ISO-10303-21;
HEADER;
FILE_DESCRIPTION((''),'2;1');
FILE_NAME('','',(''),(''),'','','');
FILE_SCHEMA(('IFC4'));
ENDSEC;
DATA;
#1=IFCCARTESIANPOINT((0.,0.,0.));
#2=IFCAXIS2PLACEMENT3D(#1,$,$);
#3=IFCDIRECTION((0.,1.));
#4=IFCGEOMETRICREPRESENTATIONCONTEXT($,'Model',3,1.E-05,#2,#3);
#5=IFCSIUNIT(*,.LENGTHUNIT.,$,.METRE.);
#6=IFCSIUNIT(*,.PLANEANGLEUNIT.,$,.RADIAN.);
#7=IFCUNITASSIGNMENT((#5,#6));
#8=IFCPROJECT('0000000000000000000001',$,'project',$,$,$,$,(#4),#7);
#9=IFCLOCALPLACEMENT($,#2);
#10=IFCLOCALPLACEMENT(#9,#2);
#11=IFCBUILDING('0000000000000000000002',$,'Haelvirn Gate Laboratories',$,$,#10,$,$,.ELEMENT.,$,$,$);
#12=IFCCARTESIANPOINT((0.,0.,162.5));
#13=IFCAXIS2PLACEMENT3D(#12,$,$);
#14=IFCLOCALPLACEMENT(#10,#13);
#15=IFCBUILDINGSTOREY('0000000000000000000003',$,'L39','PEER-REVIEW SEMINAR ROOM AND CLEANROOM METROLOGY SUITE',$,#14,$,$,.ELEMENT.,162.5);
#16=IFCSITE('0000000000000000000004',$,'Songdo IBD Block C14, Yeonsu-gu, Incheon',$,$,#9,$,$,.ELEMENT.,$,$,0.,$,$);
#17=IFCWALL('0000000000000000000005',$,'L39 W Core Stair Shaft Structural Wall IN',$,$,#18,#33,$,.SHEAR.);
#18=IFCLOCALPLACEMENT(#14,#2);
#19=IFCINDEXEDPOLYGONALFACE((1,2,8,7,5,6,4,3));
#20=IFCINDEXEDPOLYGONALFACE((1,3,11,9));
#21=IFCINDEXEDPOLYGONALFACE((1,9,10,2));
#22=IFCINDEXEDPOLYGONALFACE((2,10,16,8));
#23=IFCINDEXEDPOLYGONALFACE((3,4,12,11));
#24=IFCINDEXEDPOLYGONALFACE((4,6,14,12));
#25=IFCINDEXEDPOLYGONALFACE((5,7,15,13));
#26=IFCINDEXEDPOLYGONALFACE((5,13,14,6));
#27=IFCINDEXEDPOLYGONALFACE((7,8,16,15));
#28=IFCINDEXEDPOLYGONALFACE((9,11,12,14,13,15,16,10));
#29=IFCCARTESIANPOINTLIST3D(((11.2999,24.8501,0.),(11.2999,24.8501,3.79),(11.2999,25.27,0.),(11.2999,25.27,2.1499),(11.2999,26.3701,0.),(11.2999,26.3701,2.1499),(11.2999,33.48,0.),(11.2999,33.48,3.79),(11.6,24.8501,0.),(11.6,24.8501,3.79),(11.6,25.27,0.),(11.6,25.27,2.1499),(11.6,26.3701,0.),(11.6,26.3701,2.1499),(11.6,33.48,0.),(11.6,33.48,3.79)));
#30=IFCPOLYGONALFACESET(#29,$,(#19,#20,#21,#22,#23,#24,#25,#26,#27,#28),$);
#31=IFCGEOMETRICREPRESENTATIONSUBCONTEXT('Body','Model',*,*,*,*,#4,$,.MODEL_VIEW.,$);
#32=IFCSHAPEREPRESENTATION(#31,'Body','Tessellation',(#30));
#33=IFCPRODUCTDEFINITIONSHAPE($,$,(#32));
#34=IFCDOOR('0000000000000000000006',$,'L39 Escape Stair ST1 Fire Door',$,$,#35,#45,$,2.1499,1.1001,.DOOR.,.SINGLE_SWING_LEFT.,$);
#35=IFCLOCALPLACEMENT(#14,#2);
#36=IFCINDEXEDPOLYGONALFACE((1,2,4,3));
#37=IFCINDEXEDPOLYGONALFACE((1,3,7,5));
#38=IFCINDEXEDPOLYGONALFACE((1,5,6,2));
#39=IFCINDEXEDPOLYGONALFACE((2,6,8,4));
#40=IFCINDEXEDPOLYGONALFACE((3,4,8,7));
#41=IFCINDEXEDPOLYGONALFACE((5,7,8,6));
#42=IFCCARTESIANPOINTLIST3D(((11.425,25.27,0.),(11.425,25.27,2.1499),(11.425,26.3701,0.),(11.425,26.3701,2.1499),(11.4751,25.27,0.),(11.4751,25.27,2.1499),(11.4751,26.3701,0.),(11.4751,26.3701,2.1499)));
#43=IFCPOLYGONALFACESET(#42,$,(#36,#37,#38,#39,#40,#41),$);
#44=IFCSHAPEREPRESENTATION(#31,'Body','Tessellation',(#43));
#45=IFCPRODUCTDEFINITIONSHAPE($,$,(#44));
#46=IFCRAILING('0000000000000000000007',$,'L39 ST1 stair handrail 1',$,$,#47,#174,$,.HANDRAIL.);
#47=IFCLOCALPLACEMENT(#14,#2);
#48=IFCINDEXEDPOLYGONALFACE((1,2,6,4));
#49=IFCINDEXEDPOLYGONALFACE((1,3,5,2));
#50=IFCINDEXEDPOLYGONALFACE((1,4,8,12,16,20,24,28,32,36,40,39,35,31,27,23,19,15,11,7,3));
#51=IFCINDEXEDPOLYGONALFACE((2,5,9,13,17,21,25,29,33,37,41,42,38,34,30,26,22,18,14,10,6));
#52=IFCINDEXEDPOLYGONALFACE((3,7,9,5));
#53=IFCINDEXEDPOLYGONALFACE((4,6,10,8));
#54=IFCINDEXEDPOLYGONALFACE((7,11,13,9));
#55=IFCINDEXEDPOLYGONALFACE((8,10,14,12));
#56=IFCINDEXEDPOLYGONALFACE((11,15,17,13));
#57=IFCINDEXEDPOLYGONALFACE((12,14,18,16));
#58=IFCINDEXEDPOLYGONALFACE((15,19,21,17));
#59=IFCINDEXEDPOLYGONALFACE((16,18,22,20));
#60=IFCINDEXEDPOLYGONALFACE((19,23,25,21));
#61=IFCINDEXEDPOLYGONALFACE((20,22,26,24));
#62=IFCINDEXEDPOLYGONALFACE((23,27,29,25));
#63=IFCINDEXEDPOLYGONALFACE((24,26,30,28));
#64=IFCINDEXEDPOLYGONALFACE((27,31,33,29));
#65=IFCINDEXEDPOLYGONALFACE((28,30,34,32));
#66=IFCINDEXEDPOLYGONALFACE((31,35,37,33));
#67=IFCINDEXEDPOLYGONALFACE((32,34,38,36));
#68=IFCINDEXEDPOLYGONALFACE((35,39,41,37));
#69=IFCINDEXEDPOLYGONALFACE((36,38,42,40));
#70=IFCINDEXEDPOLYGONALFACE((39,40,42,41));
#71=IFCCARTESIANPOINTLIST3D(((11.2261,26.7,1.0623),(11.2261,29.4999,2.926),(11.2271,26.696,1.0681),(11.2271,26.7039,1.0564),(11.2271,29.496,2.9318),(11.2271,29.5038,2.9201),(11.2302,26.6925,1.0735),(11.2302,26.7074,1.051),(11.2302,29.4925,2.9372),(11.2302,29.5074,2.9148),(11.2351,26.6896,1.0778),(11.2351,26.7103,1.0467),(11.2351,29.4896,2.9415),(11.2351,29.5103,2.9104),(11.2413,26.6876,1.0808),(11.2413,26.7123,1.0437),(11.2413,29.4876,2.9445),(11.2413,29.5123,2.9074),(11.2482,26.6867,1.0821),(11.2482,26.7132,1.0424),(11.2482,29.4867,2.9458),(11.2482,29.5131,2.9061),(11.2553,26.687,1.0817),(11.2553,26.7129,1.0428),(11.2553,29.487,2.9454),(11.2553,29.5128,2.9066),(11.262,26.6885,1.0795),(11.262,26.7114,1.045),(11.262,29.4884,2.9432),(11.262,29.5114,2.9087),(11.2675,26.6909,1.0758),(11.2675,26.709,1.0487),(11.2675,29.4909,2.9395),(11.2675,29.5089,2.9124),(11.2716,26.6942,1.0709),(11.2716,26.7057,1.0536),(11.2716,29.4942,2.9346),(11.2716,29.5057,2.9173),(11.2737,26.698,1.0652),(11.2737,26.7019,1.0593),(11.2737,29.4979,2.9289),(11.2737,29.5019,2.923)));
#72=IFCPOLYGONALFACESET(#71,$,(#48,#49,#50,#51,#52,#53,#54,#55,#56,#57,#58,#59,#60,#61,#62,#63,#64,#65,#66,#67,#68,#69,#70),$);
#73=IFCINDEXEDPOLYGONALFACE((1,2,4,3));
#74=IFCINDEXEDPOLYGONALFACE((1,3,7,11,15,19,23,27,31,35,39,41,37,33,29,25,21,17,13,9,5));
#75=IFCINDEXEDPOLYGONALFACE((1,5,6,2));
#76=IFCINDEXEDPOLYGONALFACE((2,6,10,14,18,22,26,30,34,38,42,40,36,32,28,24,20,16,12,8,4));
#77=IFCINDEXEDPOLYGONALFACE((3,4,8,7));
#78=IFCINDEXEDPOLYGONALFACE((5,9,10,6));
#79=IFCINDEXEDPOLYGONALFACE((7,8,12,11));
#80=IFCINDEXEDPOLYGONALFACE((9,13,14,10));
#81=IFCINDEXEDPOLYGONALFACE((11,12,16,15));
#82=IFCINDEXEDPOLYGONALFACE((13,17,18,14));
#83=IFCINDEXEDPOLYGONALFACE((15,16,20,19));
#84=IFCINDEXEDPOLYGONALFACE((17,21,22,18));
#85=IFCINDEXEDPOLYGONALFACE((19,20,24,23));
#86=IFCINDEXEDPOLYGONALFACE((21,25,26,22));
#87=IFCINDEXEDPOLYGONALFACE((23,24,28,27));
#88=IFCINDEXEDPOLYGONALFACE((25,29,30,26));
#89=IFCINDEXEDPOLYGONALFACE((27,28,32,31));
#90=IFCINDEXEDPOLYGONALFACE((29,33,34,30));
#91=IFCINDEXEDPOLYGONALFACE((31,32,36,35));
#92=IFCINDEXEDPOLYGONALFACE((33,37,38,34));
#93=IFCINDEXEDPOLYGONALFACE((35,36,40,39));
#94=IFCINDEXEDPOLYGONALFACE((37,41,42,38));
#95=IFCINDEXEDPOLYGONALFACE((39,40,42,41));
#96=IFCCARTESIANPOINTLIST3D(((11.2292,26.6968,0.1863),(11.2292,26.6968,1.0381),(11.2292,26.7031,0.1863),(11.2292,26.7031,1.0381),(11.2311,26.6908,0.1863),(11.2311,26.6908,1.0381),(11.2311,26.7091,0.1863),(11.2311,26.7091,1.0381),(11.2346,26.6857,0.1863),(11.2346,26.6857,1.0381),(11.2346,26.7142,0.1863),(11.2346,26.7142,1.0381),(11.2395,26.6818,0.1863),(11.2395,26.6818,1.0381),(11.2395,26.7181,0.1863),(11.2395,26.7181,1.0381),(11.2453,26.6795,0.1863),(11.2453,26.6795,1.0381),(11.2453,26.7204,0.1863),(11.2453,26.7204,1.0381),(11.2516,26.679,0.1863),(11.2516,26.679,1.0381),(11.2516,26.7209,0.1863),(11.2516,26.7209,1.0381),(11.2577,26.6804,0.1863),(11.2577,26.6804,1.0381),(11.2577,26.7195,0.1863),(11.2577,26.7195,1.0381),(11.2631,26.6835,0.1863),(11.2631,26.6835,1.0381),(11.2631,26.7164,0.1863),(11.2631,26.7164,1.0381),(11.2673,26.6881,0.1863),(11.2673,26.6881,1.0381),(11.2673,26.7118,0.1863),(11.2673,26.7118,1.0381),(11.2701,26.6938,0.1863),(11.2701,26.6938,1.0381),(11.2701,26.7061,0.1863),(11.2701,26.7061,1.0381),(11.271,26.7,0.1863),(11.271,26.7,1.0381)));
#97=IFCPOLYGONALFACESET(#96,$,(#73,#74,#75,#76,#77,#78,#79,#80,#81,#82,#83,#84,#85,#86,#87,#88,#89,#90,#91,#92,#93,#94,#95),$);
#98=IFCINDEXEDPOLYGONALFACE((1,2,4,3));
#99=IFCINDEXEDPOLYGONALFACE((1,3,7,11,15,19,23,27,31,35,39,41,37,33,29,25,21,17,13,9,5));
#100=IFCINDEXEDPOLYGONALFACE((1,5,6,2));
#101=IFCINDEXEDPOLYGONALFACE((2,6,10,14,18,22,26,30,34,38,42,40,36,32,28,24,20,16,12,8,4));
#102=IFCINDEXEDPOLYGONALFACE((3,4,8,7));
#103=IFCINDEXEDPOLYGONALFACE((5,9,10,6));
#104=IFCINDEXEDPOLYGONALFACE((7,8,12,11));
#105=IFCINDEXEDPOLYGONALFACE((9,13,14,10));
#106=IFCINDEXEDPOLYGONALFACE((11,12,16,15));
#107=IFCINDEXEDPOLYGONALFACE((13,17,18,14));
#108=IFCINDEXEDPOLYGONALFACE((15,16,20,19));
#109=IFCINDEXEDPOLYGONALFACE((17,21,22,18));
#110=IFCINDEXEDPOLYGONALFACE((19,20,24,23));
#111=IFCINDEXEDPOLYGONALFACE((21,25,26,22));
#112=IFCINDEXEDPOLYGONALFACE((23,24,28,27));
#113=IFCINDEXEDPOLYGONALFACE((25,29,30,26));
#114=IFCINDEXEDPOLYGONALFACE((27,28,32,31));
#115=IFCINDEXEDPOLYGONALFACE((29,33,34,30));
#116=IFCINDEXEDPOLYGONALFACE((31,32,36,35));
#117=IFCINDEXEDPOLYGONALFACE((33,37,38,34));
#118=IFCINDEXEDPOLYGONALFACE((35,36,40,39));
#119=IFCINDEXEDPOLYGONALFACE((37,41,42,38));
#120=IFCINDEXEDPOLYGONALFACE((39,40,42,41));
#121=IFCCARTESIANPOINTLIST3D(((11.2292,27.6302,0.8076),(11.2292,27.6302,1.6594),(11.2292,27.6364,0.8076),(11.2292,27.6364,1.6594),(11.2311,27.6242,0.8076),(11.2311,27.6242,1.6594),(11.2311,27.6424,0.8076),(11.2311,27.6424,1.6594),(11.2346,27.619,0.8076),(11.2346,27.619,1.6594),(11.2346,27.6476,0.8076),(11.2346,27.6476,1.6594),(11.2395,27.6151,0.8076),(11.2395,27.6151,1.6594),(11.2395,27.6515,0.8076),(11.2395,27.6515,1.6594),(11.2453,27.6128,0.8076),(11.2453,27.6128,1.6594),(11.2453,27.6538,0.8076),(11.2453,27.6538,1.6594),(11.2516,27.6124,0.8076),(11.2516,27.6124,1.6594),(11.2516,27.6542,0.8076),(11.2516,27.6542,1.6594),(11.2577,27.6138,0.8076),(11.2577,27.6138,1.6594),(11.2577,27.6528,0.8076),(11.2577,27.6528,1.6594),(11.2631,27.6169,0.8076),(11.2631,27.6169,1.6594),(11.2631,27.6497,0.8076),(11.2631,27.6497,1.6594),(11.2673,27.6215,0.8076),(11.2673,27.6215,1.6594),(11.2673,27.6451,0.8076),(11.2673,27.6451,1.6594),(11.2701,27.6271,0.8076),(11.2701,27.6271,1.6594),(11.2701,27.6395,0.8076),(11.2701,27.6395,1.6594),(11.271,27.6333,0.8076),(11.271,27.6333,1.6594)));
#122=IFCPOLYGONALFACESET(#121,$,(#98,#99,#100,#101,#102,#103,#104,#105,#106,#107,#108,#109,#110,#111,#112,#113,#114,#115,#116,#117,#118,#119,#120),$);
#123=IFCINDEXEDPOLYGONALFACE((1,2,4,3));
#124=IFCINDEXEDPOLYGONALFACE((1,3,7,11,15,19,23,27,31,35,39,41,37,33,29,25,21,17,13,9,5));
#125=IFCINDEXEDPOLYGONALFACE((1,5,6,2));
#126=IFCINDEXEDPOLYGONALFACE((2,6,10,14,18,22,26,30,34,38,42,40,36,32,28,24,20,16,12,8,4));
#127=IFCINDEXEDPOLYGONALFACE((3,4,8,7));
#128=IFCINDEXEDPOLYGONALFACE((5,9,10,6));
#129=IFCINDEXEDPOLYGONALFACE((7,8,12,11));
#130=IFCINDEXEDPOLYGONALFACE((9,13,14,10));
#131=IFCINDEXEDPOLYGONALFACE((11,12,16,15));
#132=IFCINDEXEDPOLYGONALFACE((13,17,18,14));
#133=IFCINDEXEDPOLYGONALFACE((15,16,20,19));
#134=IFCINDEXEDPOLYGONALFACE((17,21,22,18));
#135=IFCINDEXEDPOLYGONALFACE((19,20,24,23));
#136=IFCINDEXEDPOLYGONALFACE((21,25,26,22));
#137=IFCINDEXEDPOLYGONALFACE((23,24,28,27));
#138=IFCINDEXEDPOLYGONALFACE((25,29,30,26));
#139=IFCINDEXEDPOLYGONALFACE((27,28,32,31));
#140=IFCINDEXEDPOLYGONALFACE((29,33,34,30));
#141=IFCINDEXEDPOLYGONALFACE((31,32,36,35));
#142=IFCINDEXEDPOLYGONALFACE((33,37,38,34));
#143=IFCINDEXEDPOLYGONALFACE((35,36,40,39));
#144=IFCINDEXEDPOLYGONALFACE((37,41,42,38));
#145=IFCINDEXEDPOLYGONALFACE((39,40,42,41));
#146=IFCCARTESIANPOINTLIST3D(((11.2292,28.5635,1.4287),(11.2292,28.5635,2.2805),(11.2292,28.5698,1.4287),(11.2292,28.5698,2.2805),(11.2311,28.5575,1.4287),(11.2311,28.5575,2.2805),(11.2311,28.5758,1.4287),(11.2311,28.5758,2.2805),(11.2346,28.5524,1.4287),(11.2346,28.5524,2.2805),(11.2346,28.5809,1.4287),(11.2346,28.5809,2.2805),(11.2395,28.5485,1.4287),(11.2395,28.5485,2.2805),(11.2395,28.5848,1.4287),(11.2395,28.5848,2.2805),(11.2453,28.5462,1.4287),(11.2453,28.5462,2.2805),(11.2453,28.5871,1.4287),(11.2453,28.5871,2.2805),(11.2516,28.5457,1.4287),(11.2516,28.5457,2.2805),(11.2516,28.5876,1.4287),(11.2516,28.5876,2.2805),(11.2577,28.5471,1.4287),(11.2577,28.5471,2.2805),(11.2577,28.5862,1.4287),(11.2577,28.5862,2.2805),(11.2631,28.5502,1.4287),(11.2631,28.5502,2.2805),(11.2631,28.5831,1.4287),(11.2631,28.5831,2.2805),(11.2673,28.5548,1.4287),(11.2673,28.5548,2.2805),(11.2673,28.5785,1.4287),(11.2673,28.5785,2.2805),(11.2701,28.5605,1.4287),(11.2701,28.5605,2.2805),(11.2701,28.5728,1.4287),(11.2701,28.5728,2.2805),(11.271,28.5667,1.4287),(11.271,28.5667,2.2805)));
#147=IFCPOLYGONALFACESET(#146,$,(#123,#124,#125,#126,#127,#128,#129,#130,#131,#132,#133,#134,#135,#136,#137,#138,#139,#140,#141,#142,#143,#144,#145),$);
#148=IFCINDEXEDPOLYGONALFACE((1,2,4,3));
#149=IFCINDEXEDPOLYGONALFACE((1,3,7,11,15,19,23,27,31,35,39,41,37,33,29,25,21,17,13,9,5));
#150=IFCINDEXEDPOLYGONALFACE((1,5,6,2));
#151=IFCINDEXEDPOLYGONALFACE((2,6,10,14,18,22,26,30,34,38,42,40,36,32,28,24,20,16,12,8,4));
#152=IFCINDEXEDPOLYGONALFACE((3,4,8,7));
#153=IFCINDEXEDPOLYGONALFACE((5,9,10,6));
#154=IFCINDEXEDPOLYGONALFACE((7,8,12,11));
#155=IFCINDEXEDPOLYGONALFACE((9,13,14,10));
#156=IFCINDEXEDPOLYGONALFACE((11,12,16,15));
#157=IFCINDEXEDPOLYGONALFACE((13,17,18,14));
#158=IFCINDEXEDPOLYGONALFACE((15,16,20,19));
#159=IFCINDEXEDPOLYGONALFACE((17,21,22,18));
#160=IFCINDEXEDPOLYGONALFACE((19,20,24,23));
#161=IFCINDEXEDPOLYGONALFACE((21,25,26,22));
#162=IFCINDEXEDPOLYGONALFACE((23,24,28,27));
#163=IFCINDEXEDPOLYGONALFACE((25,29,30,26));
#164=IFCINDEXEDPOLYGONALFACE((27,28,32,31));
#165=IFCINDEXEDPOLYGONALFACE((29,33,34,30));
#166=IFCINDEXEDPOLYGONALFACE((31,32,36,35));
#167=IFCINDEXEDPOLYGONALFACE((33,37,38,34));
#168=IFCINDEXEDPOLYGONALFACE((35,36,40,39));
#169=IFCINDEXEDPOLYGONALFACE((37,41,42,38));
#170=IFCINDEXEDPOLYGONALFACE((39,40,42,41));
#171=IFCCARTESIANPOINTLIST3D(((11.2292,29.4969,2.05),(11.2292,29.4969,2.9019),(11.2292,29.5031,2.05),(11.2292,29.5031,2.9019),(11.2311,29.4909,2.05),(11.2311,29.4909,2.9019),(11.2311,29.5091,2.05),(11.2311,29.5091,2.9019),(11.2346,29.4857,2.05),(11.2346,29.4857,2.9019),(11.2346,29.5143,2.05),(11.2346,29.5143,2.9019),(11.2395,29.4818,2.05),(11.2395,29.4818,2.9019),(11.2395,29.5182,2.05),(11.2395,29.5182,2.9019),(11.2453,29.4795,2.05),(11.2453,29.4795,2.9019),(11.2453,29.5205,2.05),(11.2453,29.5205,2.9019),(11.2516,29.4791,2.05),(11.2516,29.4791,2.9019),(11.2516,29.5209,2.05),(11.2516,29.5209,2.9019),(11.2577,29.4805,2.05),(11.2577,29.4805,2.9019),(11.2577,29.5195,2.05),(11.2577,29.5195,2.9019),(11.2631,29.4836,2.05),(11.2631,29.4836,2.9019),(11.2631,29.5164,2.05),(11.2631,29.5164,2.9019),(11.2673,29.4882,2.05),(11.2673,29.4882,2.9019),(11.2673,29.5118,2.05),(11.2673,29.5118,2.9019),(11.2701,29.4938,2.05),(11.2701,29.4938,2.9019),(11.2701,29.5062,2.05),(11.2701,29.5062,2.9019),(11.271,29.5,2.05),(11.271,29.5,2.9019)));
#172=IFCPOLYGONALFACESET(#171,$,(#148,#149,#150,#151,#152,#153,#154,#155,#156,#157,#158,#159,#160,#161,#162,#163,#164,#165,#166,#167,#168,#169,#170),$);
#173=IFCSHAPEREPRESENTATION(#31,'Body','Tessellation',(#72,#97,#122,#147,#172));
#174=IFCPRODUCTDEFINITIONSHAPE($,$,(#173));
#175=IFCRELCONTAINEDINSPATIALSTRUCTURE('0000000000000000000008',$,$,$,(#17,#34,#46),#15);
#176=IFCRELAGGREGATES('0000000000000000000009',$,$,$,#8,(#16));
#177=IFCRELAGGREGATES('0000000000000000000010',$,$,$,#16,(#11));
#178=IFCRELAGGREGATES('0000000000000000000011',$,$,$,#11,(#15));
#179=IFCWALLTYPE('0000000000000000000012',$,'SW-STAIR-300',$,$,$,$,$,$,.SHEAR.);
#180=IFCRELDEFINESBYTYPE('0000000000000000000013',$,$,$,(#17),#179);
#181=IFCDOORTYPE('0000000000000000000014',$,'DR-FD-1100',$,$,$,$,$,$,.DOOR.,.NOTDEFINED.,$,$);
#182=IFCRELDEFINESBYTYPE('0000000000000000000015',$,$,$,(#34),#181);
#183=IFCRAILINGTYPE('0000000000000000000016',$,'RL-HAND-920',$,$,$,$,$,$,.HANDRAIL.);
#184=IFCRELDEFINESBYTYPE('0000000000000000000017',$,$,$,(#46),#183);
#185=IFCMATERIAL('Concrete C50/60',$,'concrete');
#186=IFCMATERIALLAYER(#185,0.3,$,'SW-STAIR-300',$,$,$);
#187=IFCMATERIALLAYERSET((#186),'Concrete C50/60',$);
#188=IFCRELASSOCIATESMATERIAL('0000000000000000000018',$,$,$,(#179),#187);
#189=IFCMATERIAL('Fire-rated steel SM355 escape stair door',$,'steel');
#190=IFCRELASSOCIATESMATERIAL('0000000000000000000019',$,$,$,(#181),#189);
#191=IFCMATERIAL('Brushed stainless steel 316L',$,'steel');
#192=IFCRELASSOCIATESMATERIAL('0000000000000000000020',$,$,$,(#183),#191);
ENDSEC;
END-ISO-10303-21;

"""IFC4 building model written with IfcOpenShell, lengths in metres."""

from ifc_helpers import new_model, si_unit, direction, frame, frame_2d, origin, origin_2d, place, context, subcontext, project, spatial, rectangle, circle, extrude, source, transform, mapped, material, layer, layer_set, type_object, type_shapes, element, fill, save


model = new_model("IFC4")

# Units and contexts
model_context = context("Model", 3, precision=1e-05, world=origin(), true_north=direction((0.0, 1.0)))
body_context = subcontext(model_context, "Body", "Model", "MODEL_VIEW")
ifc_project = project(units=[si_unit("LENGTHUNIT", "METRE"), si_unit("PLANEANGLEUNIT", "RADIAN")], contexts=[model_context])

# Site, building, storey
site_placement = place(None, origin())
site = spatial("IfcSite", under=ifc_project, at=site_placement, Name="Songdo IBD Block C14, Yeonsu-gu, Incheon", CompositionType="ELEMENT", RefElevation=0.0)
building_placement = place(site_placement, origin())
building = spatial("IfcBuilding", under=site, at=building_placement, Name="Haelvirn Gate Laboratories", CompositionType="ELEMENT")
storey_placement = place(building_placement, frame((0.0, 0.0, 162.5)))
storey = spatial("IfcBuildingStorey", under=building, at=storey_placement, Name="L39", Description="PEER-REVIEW SEMINAR ROOM AND CLEANROOM METROLOGY SUITE", CompositionType="ELEMENT", Elevation=162.5)

# Wall, opening, door
ifc_material_1 = material(Name="Concrete C50/60", Category="concrete")
ifc_layer_1 = layer(ifc_material_1, 0.3, Name="SW-STAIR-300")
ifc_layer_set_1 = layer_set([ifc_layer_1], Name="Concrete C50/60")
wall_type_1 = type_object("IfcWallType", Name="SW-STAIR-300", PredefinedType="SHEAR", material=ifc_layer_set_1)
wall_1_placement = place(storey_placement, frame((11.45, 24.8501, 0.0), z_axis=(0.0, 0.0, 1.0), x_axis=(0.0, 1.0, 0.0)))
wall_1 = element("IfcWall", 1, at=wall_1_placement, inside=storey, type_object=wall_type_1, Name="L39 W Core Stair Shaft Structural Wall IN", PredefinedType="SHEAR", context=body_context, shape_type="SweptSolid", body=[
    extrude(rectangle(XDim=8.6299, YDim=0.3, at=frame_2d((4.3149, 0.0))), origin(), (0.0, 0.0, 1.0), 3.79),
])
opening_1_placement = place(wall_1_placement, frame((0.4199, 0.0, 0.0)))
opening_1 = element("IfcOpeningElement", 2, at=opening_1_placement, cuts=wall_1, PredefinedType="OPENING", context=body_context, shape_type="SweptSolid", body=[
    extrude(rectangle(XDim=1.1001, YDim=2.1499, at=frame_2d((0.55, 1.075))), frame((0.0, 0.1602, 0.0), z_axis=(0.0, -1.0, 0.0), x_axis=(1.0, 0.0, 0.0)), (0.0, 0.0, 1.0), 0.3201),
])
ifc_material_2 = material(Name="Fire-rated steel SM355 escape stair door", Category="steel")
door_type_1 = type_object("IfcDoorType", Name="DR-FD-1100", OperationType="NOTDEFINED", PredefinedType="DOOR", material=ifc_material_2)
shared_shape_1 = source(origin(), body_context, "Body", "SweptSolid", [
    extrude(rectangle(XDim=1.1001, YDim=2.1499, at=frame_2d((0.55, 1.075))), frame((0.0, 0.0249, 0.0), z_axis=(0.0, -1.0, 0.0), x_axis=(1.0, 0.0, 0.0)), (0.0, 0.0, 1.0), 0.05),
])
type_shapes(door_type_1, [shared_shape_1])
door_1_placement = place(opening_1_placement, origin())
door_1 = element("IfcDoor", 3, at=door_1_placement, inside=storey, type_object=door_type_1, Name="L39 Escape Stair ST1 Fire Door", OperationType="SINGLE_SWING_LEFT", OverallHeight=2.1499, OverallWidth=1.1001, PredefinedType="DOOR", context=body_context, shape_type="MappedRepresentation", body=[
    mapped(shared_shape_1, transform((0.0, 0.0, 0.0), scale=1.0)),
])
fill(opening_1, door_1)

# Railing
ifc_material_3 = material(Name="Brushed stainless steel 316L", Category="steel")
railing_type = type_object("IfcRailingType", Name="RL-HAND-920", PredefinedType="HANDRAIL", material=ifc_material_3)
shared_shape_2 = source(origin(), body_context, "Body", "SweptSolid", [
    extrude(circle(Radius=0.0239, at=origin_2d()), frame((0.0, 0.0, 0.876), z_axis=(0.0, 0.832452, 0.554097), x_axis=(-1.0, 0.0, 0.0)), (0.0, 0.0, 1.0), 3.3635),
    extrude(circle(Radius=0.021, at=origin_2d()), origin(), (0.0, 0.0, 1.0), 0.8518),
    extrude(circle(Radius=0.021, at=origin_2d()), frame((0.0, 0.9333, 0.6213)), (0.0, 0.0, 1.0), 0.8518),
    extrude(circle(Radius=0.021, at=origin_2d()), frame((0.0, 1.8667, 1.2424)), (0.0, 0.0, 1.0), 0.8518),
    extrude(circle(Radius=0.021, at=origin_2d()), frame((0.0, 2.8, 1.8638)), (0.0, 0.0, 1.0), 0.8518),
])
type_shapes(railing_type, [shared_shape_2])
railing_placement = place(storey_placement, frame((11.25, 26.7, 0.1863)))
element("IfcRailing", 4, at=railing_placement, inside=storey, type_object=railing_type, Name="L39 ST1 stair handrail 1", PredefinedType="HANDRAIL", context=body_context, shape_type="MappedRepresentation", body=[
    mapped(shared_shape_2, transform((0.0, 0.0, 0.0), scale=1.0)),
])

save(model, "model.ifc")
